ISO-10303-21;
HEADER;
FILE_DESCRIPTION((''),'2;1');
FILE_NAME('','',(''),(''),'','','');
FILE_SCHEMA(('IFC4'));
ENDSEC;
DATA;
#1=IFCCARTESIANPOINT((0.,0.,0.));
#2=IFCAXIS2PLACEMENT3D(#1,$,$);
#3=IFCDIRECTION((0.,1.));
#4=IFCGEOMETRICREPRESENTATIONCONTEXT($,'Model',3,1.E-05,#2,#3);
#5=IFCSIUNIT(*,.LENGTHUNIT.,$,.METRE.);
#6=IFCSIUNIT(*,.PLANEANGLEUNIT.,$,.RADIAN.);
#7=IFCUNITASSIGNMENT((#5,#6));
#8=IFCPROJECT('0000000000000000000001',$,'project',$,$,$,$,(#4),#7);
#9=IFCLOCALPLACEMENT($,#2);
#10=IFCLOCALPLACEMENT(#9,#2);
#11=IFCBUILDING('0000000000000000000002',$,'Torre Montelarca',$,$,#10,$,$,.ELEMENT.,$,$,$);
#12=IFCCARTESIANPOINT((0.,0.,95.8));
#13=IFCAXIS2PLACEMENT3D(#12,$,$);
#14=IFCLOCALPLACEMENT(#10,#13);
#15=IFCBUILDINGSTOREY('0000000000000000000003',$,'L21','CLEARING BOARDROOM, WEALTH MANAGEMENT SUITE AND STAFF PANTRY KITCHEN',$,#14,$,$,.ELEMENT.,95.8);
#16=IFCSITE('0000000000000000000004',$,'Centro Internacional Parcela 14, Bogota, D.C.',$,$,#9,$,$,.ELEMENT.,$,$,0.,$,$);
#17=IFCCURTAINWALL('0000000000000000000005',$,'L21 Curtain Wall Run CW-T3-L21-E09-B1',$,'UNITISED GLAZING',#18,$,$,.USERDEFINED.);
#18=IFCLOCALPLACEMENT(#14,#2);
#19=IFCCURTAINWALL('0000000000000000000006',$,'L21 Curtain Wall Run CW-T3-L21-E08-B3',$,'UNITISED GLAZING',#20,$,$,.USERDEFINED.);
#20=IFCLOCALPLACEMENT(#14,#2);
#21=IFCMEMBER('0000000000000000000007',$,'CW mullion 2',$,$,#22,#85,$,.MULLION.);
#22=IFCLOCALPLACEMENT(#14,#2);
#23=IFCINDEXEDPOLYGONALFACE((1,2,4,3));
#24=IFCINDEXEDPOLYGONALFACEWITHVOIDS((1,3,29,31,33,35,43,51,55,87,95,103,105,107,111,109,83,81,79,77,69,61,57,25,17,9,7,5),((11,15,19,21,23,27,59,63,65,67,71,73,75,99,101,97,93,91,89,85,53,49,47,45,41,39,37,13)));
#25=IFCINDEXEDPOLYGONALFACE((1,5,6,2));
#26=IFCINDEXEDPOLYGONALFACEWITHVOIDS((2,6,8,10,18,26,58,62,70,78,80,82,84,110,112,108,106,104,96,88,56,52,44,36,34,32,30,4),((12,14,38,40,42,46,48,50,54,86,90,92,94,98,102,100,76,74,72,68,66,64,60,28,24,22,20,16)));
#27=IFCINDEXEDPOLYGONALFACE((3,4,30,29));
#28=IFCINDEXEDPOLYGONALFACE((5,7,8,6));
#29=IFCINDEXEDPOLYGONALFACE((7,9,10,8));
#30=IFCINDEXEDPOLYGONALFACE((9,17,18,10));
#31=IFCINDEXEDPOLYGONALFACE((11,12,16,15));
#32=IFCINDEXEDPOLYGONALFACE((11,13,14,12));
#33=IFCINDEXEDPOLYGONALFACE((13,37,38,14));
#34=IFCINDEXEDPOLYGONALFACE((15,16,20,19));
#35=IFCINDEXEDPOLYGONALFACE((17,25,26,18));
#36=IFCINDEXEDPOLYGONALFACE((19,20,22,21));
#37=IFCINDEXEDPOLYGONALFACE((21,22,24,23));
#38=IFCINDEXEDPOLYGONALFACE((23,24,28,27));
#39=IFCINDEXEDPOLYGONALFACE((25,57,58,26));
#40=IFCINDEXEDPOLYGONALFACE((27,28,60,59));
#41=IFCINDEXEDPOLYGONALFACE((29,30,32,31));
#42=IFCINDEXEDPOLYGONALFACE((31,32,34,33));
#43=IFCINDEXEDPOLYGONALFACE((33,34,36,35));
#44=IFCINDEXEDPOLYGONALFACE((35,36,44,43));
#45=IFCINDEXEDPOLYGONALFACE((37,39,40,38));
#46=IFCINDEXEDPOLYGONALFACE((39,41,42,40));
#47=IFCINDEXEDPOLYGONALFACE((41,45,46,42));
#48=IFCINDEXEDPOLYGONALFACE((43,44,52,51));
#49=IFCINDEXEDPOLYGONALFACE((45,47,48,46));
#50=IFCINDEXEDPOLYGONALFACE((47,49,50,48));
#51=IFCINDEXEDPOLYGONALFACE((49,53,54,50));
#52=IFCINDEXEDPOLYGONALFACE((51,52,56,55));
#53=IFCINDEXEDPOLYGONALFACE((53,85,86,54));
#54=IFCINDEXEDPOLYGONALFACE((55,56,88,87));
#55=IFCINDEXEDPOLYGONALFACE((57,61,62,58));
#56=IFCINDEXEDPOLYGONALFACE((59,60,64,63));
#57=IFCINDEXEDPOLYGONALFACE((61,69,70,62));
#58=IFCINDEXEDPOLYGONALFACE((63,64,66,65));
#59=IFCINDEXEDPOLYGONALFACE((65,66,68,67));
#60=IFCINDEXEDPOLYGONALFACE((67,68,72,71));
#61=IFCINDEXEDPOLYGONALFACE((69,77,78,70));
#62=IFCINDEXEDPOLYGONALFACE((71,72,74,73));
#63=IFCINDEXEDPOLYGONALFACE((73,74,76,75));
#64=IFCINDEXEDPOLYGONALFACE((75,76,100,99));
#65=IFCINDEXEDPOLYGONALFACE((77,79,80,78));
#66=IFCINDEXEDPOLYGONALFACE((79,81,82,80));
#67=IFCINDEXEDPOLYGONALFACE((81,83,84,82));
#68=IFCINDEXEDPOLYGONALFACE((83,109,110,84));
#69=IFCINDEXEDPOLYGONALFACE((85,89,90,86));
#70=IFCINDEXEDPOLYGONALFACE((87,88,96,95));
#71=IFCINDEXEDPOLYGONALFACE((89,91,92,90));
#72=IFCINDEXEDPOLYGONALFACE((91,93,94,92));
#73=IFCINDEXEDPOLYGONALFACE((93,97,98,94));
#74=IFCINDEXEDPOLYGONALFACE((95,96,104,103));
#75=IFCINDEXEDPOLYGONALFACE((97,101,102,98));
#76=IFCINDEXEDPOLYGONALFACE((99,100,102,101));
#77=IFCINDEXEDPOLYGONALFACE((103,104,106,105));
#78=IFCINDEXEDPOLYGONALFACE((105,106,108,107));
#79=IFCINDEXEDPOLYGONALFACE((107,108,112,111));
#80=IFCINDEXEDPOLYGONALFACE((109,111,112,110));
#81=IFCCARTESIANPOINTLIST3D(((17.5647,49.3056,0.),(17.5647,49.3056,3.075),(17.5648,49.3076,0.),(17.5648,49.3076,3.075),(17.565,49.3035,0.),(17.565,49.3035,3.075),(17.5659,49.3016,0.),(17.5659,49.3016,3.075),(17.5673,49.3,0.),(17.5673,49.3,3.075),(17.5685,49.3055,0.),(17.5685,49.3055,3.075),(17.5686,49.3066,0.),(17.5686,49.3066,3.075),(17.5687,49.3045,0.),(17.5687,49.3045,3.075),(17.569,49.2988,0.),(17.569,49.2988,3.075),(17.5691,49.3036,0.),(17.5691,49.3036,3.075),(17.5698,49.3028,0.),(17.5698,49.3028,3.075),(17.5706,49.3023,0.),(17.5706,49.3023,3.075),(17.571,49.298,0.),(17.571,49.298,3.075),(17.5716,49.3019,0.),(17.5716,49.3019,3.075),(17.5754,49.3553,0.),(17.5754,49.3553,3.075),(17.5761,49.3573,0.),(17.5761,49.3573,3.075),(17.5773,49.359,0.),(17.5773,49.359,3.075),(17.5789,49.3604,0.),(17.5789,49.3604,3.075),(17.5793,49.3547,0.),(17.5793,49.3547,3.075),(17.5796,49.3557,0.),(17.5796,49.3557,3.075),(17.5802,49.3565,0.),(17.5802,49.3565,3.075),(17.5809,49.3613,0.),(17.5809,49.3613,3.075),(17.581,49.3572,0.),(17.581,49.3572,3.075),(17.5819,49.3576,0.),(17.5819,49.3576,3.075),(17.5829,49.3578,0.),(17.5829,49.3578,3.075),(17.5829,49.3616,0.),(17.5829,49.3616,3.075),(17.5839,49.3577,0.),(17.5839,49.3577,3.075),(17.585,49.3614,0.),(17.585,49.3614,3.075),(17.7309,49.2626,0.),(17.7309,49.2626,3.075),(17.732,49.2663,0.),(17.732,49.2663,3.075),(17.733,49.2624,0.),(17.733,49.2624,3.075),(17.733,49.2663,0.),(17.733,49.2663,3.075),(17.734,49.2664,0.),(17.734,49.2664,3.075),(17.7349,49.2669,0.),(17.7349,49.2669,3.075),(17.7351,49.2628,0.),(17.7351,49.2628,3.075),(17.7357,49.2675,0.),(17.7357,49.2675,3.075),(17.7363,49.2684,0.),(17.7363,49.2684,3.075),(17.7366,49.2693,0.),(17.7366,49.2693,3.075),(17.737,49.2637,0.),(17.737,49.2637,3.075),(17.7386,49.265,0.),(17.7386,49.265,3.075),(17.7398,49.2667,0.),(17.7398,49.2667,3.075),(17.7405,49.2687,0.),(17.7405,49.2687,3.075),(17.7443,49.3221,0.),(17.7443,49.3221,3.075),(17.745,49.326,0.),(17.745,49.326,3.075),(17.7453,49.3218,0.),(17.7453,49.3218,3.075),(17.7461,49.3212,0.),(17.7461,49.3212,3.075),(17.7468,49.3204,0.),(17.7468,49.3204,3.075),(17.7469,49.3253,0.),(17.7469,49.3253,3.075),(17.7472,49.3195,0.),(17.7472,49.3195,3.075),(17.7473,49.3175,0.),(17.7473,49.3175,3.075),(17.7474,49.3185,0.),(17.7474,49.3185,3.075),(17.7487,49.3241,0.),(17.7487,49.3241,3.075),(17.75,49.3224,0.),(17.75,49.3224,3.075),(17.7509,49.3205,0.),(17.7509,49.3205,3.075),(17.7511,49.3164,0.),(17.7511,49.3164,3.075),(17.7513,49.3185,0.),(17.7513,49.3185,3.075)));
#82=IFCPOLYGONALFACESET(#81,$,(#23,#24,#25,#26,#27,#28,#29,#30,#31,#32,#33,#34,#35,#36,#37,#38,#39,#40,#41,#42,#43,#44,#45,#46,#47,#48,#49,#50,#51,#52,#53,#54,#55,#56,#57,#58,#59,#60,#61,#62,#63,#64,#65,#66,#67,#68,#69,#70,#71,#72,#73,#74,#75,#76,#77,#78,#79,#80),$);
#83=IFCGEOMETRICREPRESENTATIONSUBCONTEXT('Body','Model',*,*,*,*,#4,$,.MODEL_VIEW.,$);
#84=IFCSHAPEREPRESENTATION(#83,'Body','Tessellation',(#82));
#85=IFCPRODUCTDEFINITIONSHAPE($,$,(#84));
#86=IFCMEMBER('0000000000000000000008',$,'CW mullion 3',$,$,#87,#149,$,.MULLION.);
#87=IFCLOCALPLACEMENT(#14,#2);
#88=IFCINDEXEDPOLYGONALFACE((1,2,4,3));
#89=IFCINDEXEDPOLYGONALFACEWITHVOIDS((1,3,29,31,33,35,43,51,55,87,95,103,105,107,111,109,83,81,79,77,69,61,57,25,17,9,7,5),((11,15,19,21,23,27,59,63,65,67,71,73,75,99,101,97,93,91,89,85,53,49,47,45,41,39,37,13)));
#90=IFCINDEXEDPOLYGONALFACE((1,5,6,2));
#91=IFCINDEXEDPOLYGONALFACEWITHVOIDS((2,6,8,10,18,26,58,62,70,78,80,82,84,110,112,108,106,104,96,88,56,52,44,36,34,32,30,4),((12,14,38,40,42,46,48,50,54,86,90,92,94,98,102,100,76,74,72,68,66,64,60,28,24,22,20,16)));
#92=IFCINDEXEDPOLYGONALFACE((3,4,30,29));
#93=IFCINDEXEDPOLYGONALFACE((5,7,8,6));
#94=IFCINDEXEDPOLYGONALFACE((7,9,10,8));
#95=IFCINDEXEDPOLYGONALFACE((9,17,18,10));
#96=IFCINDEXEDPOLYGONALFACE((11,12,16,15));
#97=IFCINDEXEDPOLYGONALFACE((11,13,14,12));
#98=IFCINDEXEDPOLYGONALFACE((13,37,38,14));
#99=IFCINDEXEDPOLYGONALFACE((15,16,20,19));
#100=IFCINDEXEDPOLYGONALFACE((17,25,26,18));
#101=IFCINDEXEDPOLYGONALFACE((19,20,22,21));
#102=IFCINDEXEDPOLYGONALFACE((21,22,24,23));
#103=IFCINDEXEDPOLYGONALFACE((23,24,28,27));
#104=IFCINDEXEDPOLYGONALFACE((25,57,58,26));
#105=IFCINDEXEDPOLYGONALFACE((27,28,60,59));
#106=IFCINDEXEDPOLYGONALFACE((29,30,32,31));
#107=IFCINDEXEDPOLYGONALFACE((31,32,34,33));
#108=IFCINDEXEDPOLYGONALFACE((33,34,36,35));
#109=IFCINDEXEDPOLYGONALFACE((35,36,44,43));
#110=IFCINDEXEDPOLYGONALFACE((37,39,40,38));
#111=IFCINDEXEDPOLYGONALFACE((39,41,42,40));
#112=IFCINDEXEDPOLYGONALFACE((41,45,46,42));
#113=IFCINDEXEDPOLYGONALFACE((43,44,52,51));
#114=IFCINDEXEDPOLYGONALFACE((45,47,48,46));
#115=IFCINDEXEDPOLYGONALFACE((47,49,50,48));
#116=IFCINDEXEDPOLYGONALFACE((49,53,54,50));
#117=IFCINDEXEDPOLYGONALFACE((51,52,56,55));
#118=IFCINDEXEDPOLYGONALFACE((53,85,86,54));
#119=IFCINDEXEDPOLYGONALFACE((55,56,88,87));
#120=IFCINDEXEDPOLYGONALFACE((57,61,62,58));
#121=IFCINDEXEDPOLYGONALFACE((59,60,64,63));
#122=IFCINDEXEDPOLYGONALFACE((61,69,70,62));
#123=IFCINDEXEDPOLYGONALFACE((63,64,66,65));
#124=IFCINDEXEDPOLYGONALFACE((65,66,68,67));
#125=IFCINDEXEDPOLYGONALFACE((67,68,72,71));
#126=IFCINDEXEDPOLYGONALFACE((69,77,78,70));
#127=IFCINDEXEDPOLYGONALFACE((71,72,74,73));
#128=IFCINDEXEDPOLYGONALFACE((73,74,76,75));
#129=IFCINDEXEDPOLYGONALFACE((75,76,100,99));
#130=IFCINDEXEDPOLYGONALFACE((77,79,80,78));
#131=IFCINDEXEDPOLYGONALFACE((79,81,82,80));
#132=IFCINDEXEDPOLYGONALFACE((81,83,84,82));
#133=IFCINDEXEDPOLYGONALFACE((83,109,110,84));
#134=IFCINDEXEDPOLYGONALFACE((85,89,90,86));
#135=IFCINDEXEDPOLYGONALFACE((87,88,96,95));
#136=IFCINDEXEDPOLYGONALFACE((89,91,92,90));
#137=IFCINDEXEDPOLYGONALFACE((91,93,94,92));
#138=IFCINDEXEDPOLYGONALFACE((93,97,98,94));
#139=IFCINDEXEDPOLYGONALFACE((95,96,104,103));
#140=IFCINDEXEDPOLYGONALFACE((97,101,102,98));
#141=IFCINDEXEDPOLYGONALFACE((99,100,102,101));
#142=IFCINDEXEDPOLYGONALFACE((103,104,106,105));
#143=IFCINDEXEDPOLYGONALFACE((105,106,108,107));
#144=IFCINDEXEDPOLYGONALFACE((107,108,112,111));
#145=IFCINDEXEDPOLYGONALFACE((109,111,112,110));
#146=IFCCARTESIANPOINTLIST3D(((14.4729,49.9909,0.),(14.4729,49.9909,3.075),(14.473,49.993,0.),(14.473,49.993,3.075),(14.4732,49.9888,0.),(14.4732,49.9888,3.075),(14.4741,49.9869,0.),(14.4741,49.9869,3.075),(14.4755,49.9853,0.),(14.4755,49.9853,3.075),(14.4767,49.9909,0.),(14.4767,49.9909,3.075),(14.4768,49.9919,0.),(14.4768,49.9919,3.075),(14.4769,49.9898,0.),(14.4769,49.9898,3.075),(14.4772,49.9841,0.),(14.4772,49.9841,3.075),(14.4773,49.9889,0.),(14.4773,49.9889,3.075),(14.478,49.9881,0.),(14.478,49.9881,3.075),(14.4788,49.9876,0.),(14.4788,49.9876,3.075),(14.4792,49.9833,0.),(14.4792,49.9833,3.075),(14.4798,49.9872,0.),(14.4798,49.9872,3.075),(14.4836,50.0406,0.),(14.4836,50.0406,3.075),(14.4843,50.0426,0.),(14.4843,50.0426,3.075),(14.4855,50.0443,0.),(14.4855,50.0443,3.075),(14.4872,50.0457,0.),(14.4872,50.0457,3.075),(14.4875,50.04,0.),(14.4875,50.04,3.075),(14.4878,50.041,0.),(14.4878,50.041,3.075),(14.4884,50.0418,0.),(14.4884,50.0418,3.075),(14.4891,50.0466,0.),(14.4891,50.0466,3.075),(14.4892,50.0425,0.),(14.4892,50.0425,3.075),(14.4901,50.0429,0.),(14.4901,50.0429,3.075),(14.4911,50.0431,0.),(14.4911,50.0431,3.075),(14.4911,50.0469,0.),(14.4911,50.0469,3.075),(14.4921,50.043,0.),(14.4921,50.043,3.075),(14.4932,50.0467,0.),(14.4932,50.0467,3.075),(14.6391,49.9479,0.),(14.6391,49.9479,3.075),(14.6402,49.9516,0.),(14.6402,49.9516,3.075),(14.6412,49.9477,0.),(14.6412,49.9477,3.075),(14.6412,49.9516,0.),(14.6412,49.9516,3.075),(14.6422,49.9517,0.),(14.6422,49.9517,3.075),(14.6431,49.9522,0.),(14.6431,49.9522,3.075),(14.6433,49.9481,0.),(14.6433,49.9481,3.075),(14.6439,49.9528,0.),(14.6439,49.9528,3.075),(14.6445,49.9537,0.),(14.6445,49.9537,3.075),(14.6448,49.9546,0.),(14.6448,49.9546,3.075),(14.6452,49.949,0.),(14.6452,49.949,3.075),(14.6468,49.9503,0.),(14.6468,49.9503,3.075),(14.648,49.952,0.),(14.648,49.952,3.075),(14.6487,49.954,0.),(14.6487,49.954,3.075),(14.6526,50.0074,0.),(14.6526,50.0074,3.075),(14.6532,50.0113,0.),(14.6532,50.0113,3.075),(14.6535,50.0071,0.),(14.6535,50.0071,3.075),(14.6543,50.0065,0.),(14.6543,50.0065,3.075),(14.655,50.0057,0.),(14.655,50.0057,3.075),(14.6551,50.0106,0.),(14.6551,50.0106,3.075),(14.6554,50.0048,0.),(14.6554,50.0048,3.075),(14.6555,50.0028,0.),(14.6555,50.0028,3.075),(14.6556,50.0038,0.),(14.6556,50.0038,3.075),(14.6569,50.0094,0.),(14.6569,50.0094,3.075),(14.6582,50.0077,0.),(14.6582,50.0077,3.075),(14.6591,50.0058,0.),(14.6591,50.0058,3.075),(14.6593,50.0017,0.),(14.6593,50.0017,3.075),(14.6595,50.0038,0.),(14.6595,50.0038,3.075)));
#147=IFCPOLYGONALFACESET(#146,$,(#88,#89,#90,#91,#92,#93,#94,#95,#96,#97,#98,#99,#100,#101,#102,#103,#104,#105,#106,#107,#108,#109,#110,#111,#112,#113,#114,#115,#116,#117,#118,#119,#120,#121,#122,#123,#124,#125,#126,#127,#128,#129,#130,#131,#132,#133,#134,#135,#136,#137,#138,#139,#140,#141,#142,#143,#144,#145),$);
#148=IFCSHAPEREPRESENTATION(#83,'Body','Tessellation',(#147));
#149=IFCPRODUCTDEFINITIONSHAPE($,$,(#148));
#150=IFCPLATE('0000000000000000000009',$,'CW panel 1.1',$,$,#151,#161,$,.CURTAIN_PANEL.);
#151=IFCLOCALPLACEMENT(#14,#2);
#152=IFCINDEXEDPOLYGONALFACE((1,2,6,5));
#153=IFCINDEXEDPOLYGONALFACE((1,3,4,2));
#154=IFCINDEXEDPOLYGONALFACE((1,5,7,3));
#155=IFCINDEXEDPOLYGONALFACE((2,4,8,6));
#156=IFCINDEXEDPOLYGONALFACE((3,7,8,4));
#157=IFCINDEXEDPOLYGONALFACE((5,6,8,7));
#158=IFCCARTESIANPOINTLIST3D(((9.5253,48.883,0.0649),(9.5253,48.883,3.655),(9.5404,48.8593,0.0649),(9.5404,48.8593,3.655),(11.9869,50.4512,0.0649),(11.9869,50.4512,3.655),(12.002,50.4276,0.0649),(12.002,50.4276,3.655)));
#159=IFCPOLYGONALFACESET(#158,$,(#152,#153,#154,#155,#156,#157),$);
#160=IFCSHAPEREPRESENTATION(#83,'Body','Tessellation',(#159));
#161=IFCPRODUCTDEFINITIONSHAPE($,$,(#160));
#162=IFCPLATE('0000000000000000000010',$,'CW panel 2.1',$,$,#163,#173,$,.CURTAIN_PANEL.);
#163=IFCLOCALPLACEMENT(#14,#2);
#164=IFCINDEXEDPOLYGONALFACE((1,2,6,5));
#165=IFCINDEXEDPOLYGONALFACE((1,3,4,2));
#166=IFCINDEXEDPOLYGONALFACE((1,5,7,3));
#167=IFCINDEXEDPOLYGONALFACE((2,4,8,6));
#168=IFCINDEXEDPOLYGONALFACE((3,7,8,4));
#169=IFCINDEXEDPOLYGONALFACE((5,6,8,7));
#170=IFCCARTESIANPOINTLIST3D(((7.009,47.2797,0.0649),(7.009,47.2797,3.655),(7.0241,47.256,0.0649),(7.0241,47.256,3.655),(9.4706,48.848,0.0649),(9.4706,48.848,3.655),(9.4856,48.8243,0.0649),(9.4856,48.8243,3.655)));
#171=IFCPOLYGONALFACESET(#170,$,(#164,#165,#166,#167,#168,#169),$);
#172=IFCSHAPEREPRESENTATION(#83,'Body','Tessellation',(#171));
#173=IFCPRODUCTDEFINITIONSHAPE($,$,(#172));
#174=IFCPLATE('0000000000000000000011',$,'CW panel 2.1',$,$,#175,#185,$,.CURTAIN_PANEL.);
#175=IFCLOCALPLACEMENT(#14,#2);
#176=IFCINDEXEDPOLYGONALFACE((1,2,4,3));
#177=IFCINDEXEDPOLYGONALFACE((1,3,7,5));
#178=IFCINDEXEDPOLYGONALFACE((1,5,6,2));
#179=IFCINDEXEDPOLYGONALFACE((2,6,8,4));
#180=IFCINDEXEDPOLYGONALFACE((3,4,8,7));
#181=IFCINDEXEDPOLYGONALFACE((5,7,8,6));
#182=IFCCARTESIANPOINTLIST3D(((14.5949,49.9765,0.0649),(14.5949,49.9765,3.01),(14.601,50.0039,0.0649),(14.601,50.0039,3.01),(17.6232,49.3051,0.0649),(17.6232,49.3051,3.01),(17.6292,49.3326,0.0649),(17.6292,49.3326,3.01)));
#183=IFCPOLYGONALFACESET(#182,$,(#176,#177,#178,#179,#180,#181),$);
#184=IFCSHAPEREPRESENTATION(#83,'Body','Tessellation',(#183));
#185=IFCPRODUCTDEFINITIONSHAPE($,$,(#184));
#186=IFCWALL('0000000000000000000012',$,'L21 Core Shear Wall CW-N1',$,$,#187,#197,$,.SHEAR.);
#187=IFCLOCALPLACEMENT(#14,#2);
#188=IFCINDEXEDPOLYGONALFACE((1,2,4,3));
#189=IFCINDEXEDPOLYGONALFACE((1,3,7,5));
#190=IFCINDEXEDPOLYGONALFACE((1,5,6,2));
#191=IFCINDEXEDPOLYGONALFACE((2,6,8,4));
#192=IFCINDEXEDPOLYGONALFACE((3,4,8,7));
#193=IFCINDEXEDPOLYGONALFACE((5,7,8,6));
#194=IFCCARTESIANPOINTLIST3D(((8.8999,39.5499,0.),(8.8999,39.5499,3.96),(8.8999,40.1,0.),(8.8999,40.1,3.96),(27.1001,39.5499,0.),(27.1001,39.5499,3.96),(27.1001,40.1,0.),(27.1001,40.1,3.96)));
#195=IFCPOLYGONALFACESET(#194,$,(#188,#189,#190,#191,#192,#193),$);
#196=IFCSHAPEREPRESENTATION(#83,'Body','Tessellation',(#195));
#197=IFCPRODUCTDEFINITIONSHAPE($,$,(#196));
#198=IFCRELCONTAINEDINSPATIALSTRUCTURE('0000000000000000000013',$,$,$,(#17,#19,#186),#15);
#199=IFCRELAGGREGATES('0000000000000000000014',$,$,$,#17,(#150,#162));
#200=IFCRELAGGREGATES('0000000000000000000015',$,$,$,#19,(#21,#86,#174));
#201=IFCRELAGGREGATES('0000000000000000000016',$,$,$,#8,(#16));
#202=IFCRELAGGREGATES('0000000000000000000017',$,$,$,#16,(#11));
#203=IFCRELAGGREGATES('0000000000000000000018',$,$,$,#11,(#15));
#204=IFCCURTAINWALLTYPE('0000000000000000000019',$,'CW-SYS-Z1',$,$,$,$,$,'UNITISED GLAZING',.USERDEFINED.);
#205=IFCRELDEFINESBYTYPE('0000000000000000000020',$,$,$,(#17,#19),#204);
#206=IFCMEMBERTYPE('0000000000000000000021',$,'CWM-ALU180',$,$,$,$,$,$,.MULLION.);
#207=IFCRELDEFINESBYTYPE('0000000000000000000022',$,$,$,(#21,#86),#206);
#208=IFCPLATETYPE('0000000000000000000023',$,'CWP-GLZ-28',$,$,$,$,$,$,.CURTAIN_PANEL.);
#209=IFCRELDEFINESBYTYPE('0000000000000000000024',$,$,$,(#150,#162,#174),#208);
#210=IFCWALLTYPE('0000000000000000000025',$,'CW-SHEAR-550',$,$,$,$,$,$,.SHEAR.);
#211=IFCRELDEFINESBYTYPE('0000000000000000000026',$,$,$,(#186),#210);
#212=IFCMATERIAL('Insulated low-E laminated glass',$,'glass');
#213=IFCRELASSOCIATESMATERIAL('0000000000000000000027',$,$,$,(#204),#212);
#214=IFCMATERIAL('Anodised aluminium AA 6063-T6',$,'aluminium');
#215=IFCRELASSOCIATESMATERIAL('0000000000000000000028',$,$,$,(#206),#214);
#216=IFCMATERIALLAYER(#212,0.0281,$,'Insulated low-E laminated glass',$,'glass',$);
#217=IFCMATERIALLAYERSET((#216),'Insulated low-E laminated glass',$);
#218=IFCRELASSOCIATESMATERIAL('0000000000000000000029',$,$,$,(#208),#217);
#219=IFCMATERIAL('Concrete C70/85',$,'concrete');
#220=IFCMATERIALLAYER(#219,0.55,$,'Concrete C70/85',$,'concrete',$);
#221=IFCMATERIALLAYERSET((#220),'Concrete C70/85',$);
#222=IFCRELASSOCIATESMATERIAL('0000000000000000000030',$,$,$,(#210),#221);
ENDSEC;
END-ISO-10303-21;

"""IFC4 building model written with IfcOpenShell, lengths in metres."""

from ifc_helpers import new_model, si_unit, direction, frame, frame_2d, origin, origin_2d, place, context, subcontext, project, spatial, rectangle, hollow_rectangle, extrude, source, transform, mapped, material, layer, layer_set, material_profile, profile_set, type_object, element, aggregate, save


model = new_model("IFC4")

# Units and contexts
model_context = context("Model", 3, precision=1e-05, world=origin(), true_north=direction((0.0, 1.0)))
body_context = subcontext(model_context, "Body", "Model", "MODEL_VIEW")
ifc_project = project(units=[si_unit("LENGTHUNIT", "METRE"), si_unit("PLANEANGLEUNIT", "RADIAN")], contexts=[model_context])

# Site, building, storey
site_placement = place(None, origin())
site = spatial("IfcSite", under=ifc_project, at=site_placement, Name="Centro Internacional Parcela 14, Bogota, D.C.", CompositionType="ELEMENT", RefElevation=0.0)
building_placement = place(site_placement, origin())
building = spatial("IfcBuilding", under=site, at=building_placement, Name="Torre Montelarca", CompositionType="ELEMENT")
storey_placement = place(building_placement, frame((0.0, 0.0, 95.8)))
storey = spatial("IfcBuildingStorey", under=building, at=storey_placement, Name="L21", Description="CLEARING BOARDROOM, WEALTH MANAGEMENT SUITE AND STAFF PANTRY KITCHEN", CompositionType="ELEMENT", Elevation=95.8)

# Shared definitions
ifc_material_1 = material(Name="Concrete C70/85", Category="concrete")

# Curtain walls
ifc_material_2 = material(Name="Insulated low-E laminated glass", Category="glass")
curtain_wall_type = type_object("IfcCurtainWallType", Name="CW-SYS-Z1", ElementType="UNITISED GLAZING", PredefinedType="USERDEFINED", material=ifc_material_2)
curtain_wall_1_placement = place(storey_placement, origin())
curtain_wall_1 = element("IfcCurtainWall", 1, at=curtain_wall_1_placement, inside=storey, type_object=curtain_wall_type, Name="L21 Curtain Wall Run CW-T3-L21-E09-B1", ObjectType="UNITISED GLAZING", PredefinedType="USERDEFINED")
ifc_material_3 = material(Name="Anodised aluminium AA 6063-T6", Category="aluminium")
curtain_wall_2_placement = place(storey_placement, origin())
curtain_wall_2 = element("IfcCurtainWall", 2, at=curtain_wall_2_placement, inside=storey, type_object=curtain_wall_type, Name="L21 Curtain Wall Run CW-T3-L21-E08-B3", ObjectType="UNITISED GLAZING", PredefinedType="USERDEFINED")

# Members
ifc_material_profile_1 = material_profile(ifc_material_3, hollow_rectangle(XDim=0.0649, YDim=0.1799, WallThickness=0.0039, InnerFilletRadius=0.0039, OuterFilletRadius=0.0081, at=origin_2d()), Name="ALU65X180X4", Category="aluminium")
ifc_profile_set_1 = profile_set([ifc_material_profile_1], Name="Anodised aluminium AA 6063-T6")
member_type_1 = type_object("IfcMemberType", Name="CWM-ALU180", PredefinedType="MULLION", material=ifc_profile_set_1)
shared_shape_1 = source(origin(), body_context, "Body", "SweptSolid", [
    extrude(hollow_rectangle(XDim=0.0649, YDim=0.1799, WallThickness=0.0039, InnerFilletRadius=0.0039, OuterFilletRadius=0.0081, at=origin_2d()), origin(), (0.0, 0.0, 1.0), 3.075),
])
member_1_placement = place(storey_placement, frame((17.658, 49.312, 0.0), z_axis=(0.0, 0.0, 1.0), x_axis=(-0.216451, -0.976294, 0.0)))
member_1 = element("IfcMember", 3, at=member_1_placement, type_object=member_type_1, Name="CW mullion 2", PredefinedType="MULLION", context=body_context, shape_type="MappedRepresentation", body=[
    mapped(shared_shape_1, transform((0.0, 0.0, 0.0), scale=1.0)),
])
member_2_placement = place(storey_placement, frame((14.5662, 49.9973, 0.0), z_axis=(0.0, 0.0, 1.0), x_axis=(-0.216451, -0.976294, 0.0)))
member_2 = element("IfcMember", 4, at=member_2_placement, type_object=member_type_1, Name="CW mullion 3", PredefinedType="MULLION", context=body_context, shape_type="MappedRepresentation", body=[
    mapped(shared_shape_1, transform((0.0, 0.0, 0.0), scale=1.0)),
])

# Plates
ifc_layer_1 = layer(ifc_material_2, 0.0281, Name="Insulated low-E laminated glass", Category="glass")
ifc_layer_set_1 = layer_set([ifc_layer_1], Name="Insulated low-E laminated glass")
plate_type = type_object("IfcPlateType", Name="CWP-GLZ-28", PredefinedType="CURTAIN_PANEL", material=ifc_layer_set_1)
shared_shape_2 = source(origin(), body_context, "Body", "SweptSolid", [
    extrude(rectangle(XDim=2.9187, YDim=0.0281, at=origin_2d()), origin(), (0.0, 0.0, 1.0), 3.5901),
])
plate_1_placement = place(storey_placement, frame((10.7637, 49.6553, 0.0649), z_axis=(0.0, 0.0, 1.0), x_axis=(-0.843381, -0.537316, 0.0)))
plate_1 = element("IfcPlate", 5, at=plate_1_placement, type_object=plate_type, Name="CW panel 1.1", PredefinedType="CURTAIN_PANEL", context=body_context, shape_type="MappedRepresentation", body=[
    mapped(shared_shape_2, transform((0.0, 0.0, 0.0), scale=1.0)),
])
plate_2_placement = place(storey_placement, frame((8.2473, 48.052, 0.0649), z_axis=(0.0, 0.0, 1.0), x_axis=(-0.843381, -0.537316, 0.0)))
plate_2 = element("IfcPlate", 6, at=plate_2_placement, type_object=plate_type, Name="CW panel 2.1", PredefinedType="CURTAIN_PANEL", context=body_context, shape_type="MappedRepresentation", body=[
    mapped(shared_shape_2, transform((0.0, 0.0, 0.0), scale=1.0)),
])
aggregate(curtain_wall_1, [plate_1, plate_2])
shared_shape_3 = source(origin(), body_context, "Body", "SweptSolid", [
    extrude(rectangle(XDim=3.1018, YDim=0.0281, at=origin_2d()), origin(), (0.0, 0.0, 1.0), 2.9451),
])
plate_3_placement = place(storey_placement, frame((16.1121, 49.6545, 0.0649), z_axis=(0.0, 0.0, 1.0), x_axis=(-0.976294, 0.216451, 0.0)))
plate_3 = element("IfcPlate", 7, at=plate_3_placement, type_object=plate_type, Name="CW panel 2.1", PredefinedType="CURTAIN_PANEL", context=body_context, shape_type="MappedRepresentation", body=[
    mapped(shared_shape_3, transform((0.0, 0.0, 0.0), scale=1.0)),
])
aggregate(curtain_wall_2, [member_1, member_2, plate_3])

# Wall
ifc_layer_2 = layer(ifc_material_1, 0.55, Name="Concrete C70/85", Category="concrete")
ifc_layer_set_2 = layer_set([ifc_layer_2], Name="Concrete C70/85")
wall_type = type_object("IfcWallType", Name="CW-SHEAR-550", PredefinedType="SHEAR", material=ifc_layer_set_2)
wall_placement = place(storey_placement, frame((8.8999, 39.825, 0.0), z_axis=(0.0, 0.0, 1.0), x_axis=(1.0, 0.0, 0.0)))
element("IfcWall", 8, at=wall_placement, inside=storey, type_object=wall_type, Name="L21 Core Shear Wall CW-N1", PredefinedType="SHEAR", context=body_context, shape_type="SweptSolid", body=[
    extrude(rectangle(XDim=18.2002, YDim=0.55, at=frame_2d((9.1001, 0.0))), origin(), (0.0, 0.0, 1.0), 3.96),
])

save(model, "model.ifc")
